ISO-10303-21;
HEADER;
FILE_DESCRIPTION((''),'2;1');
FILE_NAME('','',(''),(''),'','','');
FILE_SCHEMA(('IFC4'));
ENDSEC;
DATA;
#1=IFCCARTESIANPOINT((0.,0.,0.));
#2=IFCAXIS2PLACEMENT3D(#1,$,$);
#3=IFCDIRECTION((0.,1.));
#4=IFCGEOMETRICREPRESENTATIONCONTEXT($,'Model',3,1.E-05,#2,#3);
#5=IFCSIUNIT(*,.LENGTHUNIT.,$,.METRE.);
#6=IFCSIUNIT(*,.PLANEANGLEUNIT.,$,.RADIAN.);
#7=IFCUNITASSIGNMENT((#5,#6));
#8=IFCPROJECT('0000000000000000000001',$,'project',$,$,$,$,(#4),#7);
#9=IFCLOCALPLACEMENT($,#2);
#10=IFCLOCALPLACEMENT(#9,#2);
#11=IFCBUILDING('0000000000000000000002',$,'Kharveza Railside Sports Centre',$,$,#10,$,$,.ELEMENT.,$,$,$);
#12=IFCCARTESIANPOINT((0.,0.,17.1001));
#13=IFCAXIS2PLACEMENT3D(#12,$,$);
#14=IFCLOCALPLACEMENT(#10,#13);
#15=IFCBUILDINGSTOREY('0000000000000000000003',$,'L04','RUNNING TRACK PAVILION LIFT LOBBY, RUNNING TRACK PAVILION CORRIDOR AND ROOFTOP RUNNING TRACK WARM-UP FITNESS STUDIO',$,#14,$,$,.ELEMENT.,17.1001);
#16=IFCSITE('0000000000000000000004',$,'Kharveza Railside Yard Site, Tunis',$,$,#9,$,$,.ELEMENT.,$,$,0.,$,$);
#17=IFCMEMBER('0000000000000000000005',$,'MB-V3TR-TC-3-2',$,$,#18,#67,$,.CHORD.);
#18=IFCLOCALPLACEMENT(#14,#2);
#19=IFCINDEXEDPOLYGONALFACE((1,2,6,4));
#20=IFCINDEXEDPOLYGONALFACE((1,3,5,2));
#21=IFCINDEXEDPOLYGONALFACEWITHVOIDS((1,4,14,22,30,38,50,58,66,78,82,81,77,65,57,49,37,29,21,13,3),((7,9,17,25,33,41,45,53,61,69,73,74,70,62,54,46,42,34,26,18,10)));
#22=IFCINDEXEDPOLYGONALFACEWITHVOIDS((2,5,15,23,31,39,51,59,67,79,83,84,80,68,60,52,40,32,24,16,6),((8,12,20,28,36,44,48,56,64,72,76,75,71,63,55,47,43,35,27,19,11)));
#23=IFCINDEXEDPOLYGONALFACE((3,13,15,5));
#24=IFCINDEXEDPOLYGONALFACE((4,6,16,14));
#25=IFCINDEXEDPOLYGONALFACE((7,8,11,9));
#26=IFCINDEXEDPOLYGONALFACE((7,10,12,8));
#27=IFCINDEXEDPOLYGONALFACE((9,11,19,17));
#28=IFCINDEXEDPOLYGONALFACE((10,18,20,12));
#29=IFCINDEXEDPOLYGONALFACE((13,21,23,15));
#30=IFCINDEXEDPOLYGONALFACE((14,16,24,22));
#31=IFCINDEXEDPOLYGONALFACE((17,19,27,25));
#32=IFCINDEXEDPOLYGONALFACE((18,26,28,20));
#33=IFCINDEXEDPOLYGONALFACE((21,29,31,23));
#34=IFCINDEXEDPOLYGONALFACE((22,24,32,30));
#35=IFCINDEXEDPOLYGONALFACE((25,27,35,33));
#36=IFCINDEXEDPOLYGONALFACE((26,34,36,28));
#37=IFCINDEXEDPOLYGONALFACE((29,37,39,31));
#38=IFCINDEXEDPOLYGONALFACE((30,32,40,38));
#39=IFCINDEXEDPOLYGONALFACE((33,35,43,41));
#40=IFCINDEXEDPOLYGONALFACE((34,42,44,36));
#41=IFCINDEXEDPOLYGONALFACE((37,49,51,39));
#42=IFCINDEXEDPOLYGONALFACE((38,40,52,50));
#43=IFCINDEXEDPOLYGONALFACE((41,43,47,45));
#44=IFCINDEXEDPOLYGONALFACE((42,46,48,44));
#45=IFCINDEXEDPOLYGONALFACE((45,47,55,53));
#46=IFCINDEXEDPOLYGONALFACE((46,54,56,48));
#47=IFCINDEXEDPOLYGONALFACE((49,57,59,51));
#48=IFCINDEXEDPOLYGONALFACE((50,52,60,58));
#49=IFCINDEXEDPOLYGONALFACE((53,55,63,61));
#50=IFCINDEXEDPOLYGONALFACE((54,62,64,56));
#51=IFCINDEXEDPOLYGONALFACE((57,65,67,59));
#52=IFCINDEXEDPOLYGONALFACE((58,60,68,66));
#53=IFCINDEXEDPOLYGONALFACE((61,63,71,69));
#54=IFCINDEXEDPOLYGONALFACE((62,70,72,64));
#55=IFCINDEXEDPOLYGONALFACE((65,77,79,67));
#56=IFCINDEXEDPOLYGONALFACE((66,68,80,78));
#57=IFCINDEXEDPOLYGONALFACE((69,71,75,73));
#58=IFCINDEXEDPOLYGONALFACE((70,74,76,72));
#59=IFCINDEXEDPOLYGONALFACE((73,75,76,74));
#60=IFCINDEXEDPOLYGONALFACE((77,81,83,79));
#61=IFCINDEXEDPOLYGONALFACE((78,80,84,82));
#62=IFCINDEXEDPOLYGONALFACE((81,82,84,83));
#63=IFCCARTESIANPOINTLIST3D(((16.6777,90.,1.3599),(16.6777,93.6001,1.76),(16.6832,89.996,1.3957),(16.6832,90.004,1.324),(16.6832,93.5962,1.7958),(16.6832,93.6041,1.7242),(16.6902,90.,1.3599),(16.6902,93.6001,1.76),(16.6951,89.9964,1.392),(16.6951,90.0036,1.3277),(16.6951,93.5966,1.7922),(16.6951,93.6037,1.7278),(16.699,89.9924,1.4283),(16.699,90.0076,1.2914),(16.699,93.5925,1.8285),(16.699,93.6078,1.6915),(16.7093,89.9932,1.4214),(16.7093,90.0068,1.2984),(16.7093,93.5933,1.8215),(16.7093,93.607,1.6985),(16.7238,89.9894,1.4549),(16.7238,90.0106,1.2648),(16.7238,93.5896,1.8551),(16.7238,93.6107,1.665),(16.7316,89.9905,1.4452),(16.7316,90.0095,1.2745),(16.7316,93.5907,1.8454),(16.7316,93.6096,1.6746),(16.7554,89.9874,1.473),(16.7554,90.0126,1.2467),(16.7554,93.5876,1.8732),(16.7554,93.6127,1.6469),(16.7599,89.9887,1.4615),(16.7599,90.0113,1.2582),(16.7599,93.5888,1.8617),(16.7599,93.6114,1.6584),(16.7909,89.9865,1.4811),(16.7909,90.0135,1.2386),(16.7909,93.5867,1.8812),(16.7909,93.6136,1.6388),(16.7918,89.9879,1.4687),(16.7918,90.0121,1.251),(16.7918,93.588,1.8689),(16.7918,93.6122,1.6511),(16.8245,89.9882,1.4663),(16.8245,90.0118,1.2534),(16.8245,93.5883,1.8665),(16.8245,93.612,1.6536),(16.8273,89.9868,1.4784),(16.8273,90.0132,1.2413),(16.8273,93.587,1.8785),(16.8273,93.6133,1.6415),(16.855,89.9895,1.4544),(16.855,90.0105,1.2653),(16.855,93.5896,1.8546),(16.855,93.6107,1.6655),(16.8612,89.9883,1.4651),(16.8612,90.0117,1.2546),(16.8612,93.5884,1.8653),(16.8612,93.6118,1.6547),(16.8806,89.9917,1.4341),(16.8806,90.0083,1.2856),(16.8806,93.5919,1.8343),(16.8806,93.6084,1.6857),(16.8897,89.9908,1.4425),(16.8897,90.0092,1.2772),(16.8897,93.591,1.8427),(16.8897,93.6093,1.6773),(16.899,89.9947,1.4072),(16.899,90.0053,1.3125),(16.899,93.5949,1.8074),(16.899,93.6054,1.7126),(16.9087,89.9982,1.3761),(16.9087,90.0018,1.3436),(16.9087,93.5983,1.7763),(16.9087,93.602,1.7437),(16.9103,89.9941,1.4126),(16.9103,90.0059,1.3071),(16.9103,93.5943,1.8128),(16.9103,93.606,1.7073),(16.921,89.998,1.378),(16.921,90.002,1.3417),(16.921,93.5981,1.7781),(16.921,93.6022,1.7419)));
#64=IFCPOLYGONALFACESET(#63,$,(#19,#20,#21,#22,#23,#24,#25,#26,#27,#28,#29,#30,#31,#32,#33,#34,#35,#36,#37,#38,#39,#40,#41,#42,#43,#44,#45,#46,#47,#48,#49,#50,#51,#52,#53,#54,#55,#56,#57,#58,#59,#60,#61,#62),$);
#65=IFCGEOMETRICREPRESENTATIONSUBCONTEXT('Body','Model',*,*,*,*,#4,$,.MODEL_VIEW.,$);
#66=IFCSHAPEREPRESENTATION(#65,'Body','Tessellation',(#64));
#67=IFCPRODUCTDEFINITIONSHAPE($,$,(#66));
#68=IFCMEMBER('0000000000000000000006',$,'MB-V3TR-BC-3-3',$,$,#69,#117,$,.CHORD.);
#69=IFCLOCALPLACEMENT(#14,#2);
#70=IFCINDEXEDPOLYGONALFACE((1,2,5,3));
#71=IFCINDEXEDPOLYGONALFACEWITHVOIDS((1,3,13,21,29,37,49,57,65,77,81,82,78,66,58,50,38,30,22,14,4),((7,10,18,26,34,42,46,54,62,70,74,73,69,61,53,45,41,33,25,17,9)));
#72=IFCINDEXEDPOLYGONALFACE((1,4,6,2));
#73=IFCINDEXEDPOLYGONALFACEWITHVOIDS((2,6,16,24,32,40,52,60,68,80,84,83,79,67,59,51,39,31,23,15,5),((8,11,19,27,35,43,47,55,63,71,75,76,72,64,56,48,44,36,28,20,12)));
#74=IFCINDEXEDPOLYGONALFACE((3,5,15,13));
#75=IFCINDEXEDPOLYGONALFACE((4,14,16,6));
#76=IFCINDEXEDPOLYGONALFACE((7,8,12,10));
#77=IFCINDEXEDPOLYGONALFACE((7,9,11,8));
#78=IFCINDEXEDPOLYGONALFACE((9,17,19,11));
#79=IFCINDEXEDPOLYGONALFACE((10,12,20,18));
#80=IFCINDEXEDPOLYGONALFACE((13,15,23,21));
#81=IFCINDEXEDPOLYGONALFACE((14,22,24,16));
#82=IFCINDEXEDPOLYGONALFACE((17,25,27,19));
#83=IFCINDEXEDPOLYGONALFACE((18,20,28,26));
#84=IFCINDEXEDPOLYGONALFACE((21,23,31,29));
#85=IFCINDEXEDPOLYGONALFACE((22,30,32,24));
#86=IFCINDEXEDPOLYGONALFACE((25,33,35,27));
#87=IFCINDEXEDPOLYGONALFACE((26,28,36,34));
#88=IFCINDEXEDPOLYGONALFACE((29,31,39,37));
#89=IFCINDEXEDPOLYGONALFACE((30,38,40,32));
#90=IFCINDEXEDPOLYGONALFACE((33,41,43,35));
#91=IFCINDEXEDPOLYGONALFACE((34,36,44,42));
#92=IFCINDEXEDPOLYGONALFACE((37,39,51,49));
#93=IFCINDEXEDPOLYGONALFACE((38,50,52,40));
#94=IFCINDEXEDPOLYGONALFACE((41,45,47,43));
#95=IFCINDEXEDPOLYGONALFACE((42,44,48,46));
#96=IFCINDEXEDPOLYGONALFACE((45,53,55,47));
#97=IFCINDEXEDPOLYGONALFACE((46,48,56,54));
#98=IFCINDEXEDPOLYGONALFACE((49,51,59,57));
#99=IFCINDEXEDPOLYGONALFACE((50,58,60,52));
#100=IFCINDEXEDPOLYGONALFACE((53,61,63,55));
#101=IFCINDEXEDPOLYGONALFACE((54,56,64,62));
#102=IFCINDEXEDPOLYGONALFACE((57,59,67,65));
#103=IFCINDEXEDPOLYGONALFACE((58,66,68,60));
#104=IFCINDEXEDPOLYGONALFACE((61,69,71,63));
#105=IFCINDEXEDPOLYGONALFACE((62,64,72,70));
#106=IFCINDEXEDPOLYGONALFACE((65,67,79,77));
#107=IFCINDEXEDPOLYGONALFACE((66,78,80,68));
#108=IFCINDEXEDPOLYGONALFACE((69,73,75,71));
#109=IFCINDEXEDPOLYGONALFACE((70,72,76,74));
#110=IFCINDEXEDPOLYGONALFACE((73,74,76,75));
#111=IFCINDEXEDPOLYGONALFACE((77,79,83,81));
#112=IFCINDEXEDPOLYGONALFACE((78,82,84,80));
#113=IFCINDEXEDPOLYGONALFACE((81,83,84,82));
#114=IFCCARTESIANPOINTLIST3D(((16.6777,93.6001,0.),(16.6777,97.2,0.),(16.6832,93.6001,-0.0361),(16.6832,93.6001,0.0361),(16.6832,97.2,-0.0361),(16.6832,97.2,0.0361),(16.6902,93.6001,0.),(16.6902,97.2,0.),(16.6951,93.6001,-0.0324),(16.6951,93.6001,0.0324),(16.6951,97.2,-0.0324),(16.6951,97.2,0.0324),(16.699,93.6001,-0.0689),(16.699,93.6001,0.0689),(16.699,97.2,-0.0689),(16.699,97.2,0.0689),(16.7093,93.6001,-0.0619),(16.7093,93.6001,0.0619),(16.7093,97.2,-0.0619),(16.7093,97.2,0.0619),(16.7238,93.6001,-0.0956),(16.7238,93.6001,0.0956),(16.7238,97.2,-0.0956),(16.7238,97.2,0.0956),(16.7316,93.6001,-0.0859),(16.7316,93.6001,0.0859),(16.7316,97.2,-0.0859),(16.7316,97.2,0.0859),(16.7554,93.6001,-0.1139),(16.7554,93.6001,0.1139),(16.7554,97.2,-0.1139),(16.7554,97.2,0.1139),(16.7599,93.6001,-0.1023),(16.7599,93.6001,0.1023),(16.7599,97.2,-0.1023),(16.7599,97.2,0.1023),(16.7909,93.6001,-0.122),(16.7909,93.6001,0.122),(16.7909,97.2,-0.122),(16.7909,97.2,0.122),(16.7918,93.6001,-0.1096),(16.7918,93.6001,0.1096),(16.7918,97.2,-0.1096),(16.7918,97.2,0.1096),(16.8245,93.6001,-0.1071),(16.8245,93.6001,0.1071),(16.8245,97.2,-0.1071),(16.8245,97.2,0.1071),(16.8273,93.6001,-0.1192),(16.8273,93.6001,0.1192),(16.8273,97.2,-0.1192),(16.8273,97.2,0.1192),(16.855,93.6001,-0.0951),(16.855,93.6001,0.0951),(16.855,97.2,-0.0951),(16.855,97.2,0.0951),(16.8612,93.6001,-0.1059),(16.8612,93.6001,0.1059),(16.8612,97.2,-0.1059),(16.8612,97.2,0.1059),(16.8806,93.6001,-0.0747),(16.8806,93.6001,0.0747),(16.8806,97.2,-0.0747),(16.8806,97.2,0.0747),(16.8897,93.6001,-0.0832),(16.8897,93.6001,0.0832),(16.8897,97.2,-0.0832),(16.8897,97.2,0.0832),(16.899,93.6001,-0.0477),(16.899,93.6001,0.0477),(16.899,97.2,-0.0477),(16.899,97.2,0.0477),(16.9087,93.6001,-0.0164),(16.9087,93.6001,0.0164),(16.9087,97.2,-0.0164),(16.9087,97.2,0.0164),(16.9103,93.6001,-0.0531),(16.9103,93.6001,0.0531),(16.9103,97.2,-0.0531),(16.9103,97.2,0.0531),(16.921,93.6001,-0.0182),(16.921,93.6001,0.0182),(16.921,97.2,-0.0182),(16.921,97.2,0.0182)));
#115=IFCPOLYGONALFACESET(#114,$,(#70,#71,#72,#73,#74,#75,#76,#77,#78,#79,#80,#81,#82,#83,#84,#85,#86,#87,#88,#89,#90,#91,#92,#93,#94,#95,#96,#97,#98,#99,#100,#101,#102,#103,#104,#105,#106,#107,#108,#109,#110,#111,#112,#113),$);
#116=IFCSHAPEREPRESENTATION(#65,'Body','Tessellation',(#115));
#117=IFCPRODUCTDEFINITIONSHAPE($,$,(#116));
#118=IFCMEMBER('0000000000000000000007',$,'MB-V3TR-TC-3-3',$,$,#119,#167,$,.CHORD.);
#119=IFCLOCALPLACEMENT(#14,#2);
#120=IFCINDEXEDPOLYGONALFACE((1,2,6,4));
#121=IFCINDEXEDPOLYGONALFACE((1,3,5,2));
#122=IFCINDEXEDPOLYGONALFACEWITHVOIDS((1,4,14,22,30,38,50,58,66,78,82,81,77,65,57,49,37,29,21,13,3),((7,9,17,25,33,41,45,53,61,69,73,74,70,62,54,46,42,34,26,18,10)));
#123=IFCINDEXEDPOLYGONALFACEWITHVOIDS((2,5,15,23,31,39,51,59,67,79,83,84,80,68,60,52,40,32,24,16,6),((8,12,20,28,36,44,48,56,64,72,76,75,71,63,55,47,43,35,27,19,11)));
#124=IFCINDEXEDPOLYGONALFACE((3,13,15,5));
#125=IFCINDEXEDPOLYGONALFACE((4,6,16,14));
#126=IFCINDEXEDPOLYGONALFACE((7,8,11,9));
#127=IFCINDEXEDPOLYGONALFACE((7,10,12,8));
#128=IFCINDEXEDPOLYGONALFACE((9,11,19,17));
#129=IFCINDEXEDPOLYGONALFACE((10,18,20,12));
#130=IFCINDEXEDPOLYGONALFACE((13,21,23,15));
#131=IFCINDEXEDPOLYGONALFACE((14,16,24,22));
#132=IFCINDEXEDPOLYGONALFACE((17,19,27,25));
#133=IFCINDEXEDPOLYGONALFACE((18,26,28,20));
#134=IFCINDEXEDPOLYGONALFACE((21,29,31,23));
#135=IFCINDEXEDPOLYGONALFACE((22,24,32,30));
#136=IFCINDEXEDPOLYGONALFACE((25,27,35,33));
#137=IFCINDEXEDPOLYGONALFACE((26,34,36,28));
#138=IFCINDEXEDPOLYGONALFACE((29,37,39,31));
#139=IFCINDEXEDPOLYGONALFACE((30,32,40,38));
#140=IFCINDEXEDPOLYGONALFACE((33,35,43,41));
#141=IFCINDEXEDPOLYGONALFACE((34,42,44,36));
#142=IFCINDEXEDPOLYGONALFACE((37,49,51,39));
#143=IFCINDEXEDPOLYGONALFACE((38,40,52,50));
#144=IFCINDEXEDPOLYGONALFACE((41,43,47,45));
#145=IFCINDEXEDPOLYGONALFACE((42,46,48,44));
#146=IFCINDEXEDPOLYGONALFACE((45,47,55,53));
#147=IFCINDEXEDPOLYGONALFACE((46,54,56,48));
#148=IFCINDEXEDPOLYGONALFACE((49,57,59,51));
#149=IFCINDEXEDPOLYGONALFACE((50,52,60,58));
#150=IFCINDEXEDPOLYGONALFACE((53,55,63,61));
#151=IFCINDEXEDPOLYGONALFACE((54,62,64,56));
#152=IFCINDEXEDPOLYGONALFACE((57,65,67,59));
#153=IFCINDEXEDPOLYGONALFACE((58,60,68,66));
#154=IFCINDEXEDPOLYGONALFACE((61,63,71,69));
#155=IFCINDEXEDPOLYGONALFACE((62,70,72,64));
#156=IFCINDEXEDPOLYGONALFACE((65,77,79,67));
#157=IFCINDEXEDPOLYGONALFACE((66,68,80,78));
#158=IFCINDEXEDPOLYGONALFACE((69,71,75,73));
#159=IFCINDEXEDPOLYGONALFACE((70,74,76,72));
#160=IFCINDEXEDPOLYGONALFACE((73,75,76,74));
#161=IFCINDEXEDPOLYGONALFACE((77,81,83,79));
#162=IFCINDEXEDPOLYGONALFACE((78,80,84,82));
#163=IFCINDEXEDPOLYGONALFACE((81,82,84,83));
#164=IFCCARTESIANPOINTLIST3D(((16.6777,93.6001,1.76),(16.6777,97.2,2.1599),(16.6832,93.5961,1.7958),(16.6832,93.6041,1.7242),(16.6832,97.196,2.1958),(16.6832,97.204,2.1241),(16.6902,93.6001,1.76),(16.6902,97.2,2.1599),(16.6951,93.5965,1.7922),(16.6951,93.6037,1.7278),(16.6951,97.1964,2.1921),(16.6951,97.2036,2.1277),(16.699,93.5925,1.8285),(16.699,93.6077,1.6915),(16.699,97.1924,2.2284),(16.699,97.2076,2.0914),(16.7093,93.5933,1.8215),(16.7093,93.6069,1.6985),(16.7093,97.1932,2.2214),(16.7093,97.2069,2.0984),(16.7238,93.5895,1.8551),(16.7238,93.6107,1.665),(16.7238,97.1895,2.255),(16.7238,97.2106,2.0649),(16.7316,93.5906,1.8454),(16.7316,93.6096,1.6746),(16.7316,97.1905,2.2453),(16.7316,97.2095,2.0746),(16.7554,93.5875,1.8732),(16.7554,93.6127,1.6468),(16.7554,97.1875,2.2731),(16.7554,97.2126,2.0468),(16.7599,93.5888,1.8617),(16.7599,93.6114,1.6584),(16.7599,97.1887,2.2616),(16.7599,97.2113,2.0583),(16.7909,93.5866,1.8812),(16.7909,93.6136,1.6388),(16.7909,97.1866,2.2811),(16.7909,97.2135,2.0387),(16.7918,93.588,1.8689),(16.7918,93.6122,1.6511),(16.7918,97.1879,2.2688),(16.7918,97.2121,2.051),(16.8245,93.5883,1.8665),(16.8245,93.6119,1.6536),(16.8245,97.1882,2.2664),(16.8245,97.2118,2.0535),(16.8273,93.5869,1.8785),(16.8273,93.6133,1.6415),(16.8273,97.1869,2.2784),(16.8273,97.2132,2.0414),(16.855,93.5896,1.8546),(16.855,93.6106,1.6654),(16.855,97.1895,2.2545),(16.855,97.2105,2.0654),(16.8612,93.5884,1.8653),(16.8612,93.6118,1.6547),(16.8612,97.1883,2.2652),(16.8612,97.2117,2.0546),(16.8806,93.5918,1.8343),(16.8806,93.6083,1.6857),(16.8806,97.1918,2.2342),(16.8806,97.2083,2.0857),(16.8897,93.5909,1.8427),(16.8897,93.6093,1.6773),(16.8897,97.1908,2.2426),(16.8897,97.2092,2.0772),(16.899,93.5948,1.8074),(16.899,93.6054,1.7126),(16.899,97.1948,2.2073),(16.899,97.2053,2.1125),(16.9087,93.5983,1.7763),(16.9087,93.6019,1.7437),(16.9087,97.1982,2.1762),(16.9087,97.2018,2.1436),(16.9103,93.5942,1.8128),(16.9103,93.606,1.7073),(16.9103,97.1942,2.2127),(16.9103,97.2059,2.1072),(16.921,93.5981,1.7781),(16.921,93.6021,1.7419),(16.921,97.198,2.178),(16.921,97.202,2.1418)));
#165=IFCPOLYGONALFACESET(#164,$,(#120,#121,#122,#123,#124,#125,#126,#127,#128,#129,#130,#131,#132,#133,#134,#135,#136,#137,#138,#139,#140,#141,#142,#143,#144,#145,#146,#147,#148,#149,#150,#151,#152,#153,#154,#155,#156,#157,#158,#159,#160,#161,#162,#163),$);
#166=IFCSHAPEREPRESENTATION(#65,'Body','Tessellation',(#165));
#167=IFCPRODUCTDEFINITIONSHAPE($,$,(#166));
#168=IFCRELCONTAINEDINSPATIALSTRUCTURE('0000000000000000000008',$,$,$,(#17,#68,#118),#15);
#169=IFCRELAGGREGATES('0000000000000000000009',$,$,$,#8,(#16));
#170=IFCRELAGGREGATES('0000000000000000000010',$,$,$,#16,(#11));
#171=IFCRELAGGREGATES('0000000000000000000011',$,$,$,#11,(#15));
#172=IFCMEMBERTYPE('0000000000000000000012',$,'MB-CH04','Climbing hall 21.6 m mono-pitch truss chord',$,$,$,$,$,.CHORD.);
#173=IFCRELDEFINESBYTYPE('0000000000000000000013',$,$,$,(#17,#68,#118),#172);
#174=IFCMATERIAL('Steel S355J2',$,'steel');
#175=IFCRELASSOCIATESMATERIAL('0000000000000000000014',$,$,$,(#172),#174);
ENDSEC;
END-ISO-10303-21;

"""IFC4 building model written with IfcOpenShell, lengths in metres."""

from ifc_helpers import new_model, si_unit, direction, frame, origin, origin_2d, place, context, subcontext, project, spatial, hollow_circle, extrude, material, material_profile, profile_set, type_object, element, save


model = new_model("IFC4")

# Units and contexts
model_context = context("Model", 3, precision=1e-05, world=origin(), true_north=direction((0.0, 1.0)))
body_context = subcontext(model_context, "Body", "Model", "MODEL_VIEW")
ifc_project = project(units=[si_unit("LENGTHUNIT", "METRE"), si_unit("PLANEANGLEUNIT", "RADIAN")], contexts=[model_context])

# Site, building, storey
site_placement = place(None, origin())
site = spatial("IfcSite", under=ifc_project, at=site_placement, Name="Kharveza Railside Yard Site, Tunis", CompositionType="ELEMENT", RefElevation=0.0)
building_placement = place(site_placement, origin())
building = spatial("IfcBuilding", under=site, at=building_placement, Name="Kharveza Railside Sports Centre", CompositionType="ELEMENT")
storey_placement = place(building_placement, frame((0.0, 0.0, 17.1001)))
storey = spatial("IfcBuildingStorey", under=building, at=storey_placement, Name="L04", Description="RUNNING TRACK PAVILION LIFT LOBBY, RUNNING TRACK PAVILION CORRIDOR AND ROOFTOP RUNNING TRACK WARM-UP FITNESS STUDIO", CompositionType="ELEMENT", Elevation=17.1001)

# Members
ifc_material_1 = material(Name="Steel S355J2", Category="steel")
ifc_material_profile_1 = material_profile(ifc_material_1, hollow_circle(Radius=0.1223, WallThickness=0.0125, at=origin_2d()), Name="CHS 244.5x12.5")
ifc_profile_set_1 = profile_set([ifc_material_profile_1], Name="Steel S355J2")
member_type_1 = type_object("IfcMemberType", Name="MB-CH04", Description="Climbing hall 21.6 m mono-pitch truss chord", PredefinedType="CHORD", material=ifc_profile_set_1)
member_1_placement = place(storey_placement, frame((16.8, 90.0, 1.3599), z_axis=(0.0, 0.99388, 0.110469), x_axis=(-1.0, 0.0, 0.0)))
element("IfcMember", 1, at=member_1_placement, inside=storey, type_object=member_type_1, Name="MB-V3TR-TC-3-2", PredefinedType="CHORD", context=body_context, shape_type="SweptSolid", body=[
    extrude(hollow_circle(Radius=0.1223, WallThickness=0.0125, at=origin_2d()), origin(), (0.0, 0.0, 1.0), 3.6223),
])
member_2_placement = place(storey_placement, frame((16.8, 93.6001, 0.0), z_axis=(0.0, 1.0, 0.0), x_axis=(-1.0, 0.0, 0.0)))
element("IfcMember", 2, at=member_2_placement, inside=storey, type_object=member_type_1, Name="MB-V3TR-BC-3-3", PredefinedType="CHORD", context=body_context, shape_type="SweptSolid", body=[
    extrude(hollow_circle(Radius=0.1223, WallThickness=0.0125, at=origin_2d()), origin(), (0.0, 0.0, 1.0), 3.5999),
])
member_3_placement = place(storey_placement, frame((16.8, 93.6001, 1.76), z_axis=(0.0, 0.993886, 0.110409), x_axis=(-1.0, 0.0, 0.0)))
element("IfcMember", 3, at=member_3_placement, inside=storey, type_object=member_type_1, Name="MB-V3TR-TC-3-3", PredefinedType="CHORD", context=body_context, shape_type="SweptSolid", body=[
    extrude(hollow_circle(Radius=0.1223, WallThickness=0.0125, at=origin_2d()), origin(), (0.0, 0.0, 1.0), 3.6221),
])

save(model, "model.ifc")
